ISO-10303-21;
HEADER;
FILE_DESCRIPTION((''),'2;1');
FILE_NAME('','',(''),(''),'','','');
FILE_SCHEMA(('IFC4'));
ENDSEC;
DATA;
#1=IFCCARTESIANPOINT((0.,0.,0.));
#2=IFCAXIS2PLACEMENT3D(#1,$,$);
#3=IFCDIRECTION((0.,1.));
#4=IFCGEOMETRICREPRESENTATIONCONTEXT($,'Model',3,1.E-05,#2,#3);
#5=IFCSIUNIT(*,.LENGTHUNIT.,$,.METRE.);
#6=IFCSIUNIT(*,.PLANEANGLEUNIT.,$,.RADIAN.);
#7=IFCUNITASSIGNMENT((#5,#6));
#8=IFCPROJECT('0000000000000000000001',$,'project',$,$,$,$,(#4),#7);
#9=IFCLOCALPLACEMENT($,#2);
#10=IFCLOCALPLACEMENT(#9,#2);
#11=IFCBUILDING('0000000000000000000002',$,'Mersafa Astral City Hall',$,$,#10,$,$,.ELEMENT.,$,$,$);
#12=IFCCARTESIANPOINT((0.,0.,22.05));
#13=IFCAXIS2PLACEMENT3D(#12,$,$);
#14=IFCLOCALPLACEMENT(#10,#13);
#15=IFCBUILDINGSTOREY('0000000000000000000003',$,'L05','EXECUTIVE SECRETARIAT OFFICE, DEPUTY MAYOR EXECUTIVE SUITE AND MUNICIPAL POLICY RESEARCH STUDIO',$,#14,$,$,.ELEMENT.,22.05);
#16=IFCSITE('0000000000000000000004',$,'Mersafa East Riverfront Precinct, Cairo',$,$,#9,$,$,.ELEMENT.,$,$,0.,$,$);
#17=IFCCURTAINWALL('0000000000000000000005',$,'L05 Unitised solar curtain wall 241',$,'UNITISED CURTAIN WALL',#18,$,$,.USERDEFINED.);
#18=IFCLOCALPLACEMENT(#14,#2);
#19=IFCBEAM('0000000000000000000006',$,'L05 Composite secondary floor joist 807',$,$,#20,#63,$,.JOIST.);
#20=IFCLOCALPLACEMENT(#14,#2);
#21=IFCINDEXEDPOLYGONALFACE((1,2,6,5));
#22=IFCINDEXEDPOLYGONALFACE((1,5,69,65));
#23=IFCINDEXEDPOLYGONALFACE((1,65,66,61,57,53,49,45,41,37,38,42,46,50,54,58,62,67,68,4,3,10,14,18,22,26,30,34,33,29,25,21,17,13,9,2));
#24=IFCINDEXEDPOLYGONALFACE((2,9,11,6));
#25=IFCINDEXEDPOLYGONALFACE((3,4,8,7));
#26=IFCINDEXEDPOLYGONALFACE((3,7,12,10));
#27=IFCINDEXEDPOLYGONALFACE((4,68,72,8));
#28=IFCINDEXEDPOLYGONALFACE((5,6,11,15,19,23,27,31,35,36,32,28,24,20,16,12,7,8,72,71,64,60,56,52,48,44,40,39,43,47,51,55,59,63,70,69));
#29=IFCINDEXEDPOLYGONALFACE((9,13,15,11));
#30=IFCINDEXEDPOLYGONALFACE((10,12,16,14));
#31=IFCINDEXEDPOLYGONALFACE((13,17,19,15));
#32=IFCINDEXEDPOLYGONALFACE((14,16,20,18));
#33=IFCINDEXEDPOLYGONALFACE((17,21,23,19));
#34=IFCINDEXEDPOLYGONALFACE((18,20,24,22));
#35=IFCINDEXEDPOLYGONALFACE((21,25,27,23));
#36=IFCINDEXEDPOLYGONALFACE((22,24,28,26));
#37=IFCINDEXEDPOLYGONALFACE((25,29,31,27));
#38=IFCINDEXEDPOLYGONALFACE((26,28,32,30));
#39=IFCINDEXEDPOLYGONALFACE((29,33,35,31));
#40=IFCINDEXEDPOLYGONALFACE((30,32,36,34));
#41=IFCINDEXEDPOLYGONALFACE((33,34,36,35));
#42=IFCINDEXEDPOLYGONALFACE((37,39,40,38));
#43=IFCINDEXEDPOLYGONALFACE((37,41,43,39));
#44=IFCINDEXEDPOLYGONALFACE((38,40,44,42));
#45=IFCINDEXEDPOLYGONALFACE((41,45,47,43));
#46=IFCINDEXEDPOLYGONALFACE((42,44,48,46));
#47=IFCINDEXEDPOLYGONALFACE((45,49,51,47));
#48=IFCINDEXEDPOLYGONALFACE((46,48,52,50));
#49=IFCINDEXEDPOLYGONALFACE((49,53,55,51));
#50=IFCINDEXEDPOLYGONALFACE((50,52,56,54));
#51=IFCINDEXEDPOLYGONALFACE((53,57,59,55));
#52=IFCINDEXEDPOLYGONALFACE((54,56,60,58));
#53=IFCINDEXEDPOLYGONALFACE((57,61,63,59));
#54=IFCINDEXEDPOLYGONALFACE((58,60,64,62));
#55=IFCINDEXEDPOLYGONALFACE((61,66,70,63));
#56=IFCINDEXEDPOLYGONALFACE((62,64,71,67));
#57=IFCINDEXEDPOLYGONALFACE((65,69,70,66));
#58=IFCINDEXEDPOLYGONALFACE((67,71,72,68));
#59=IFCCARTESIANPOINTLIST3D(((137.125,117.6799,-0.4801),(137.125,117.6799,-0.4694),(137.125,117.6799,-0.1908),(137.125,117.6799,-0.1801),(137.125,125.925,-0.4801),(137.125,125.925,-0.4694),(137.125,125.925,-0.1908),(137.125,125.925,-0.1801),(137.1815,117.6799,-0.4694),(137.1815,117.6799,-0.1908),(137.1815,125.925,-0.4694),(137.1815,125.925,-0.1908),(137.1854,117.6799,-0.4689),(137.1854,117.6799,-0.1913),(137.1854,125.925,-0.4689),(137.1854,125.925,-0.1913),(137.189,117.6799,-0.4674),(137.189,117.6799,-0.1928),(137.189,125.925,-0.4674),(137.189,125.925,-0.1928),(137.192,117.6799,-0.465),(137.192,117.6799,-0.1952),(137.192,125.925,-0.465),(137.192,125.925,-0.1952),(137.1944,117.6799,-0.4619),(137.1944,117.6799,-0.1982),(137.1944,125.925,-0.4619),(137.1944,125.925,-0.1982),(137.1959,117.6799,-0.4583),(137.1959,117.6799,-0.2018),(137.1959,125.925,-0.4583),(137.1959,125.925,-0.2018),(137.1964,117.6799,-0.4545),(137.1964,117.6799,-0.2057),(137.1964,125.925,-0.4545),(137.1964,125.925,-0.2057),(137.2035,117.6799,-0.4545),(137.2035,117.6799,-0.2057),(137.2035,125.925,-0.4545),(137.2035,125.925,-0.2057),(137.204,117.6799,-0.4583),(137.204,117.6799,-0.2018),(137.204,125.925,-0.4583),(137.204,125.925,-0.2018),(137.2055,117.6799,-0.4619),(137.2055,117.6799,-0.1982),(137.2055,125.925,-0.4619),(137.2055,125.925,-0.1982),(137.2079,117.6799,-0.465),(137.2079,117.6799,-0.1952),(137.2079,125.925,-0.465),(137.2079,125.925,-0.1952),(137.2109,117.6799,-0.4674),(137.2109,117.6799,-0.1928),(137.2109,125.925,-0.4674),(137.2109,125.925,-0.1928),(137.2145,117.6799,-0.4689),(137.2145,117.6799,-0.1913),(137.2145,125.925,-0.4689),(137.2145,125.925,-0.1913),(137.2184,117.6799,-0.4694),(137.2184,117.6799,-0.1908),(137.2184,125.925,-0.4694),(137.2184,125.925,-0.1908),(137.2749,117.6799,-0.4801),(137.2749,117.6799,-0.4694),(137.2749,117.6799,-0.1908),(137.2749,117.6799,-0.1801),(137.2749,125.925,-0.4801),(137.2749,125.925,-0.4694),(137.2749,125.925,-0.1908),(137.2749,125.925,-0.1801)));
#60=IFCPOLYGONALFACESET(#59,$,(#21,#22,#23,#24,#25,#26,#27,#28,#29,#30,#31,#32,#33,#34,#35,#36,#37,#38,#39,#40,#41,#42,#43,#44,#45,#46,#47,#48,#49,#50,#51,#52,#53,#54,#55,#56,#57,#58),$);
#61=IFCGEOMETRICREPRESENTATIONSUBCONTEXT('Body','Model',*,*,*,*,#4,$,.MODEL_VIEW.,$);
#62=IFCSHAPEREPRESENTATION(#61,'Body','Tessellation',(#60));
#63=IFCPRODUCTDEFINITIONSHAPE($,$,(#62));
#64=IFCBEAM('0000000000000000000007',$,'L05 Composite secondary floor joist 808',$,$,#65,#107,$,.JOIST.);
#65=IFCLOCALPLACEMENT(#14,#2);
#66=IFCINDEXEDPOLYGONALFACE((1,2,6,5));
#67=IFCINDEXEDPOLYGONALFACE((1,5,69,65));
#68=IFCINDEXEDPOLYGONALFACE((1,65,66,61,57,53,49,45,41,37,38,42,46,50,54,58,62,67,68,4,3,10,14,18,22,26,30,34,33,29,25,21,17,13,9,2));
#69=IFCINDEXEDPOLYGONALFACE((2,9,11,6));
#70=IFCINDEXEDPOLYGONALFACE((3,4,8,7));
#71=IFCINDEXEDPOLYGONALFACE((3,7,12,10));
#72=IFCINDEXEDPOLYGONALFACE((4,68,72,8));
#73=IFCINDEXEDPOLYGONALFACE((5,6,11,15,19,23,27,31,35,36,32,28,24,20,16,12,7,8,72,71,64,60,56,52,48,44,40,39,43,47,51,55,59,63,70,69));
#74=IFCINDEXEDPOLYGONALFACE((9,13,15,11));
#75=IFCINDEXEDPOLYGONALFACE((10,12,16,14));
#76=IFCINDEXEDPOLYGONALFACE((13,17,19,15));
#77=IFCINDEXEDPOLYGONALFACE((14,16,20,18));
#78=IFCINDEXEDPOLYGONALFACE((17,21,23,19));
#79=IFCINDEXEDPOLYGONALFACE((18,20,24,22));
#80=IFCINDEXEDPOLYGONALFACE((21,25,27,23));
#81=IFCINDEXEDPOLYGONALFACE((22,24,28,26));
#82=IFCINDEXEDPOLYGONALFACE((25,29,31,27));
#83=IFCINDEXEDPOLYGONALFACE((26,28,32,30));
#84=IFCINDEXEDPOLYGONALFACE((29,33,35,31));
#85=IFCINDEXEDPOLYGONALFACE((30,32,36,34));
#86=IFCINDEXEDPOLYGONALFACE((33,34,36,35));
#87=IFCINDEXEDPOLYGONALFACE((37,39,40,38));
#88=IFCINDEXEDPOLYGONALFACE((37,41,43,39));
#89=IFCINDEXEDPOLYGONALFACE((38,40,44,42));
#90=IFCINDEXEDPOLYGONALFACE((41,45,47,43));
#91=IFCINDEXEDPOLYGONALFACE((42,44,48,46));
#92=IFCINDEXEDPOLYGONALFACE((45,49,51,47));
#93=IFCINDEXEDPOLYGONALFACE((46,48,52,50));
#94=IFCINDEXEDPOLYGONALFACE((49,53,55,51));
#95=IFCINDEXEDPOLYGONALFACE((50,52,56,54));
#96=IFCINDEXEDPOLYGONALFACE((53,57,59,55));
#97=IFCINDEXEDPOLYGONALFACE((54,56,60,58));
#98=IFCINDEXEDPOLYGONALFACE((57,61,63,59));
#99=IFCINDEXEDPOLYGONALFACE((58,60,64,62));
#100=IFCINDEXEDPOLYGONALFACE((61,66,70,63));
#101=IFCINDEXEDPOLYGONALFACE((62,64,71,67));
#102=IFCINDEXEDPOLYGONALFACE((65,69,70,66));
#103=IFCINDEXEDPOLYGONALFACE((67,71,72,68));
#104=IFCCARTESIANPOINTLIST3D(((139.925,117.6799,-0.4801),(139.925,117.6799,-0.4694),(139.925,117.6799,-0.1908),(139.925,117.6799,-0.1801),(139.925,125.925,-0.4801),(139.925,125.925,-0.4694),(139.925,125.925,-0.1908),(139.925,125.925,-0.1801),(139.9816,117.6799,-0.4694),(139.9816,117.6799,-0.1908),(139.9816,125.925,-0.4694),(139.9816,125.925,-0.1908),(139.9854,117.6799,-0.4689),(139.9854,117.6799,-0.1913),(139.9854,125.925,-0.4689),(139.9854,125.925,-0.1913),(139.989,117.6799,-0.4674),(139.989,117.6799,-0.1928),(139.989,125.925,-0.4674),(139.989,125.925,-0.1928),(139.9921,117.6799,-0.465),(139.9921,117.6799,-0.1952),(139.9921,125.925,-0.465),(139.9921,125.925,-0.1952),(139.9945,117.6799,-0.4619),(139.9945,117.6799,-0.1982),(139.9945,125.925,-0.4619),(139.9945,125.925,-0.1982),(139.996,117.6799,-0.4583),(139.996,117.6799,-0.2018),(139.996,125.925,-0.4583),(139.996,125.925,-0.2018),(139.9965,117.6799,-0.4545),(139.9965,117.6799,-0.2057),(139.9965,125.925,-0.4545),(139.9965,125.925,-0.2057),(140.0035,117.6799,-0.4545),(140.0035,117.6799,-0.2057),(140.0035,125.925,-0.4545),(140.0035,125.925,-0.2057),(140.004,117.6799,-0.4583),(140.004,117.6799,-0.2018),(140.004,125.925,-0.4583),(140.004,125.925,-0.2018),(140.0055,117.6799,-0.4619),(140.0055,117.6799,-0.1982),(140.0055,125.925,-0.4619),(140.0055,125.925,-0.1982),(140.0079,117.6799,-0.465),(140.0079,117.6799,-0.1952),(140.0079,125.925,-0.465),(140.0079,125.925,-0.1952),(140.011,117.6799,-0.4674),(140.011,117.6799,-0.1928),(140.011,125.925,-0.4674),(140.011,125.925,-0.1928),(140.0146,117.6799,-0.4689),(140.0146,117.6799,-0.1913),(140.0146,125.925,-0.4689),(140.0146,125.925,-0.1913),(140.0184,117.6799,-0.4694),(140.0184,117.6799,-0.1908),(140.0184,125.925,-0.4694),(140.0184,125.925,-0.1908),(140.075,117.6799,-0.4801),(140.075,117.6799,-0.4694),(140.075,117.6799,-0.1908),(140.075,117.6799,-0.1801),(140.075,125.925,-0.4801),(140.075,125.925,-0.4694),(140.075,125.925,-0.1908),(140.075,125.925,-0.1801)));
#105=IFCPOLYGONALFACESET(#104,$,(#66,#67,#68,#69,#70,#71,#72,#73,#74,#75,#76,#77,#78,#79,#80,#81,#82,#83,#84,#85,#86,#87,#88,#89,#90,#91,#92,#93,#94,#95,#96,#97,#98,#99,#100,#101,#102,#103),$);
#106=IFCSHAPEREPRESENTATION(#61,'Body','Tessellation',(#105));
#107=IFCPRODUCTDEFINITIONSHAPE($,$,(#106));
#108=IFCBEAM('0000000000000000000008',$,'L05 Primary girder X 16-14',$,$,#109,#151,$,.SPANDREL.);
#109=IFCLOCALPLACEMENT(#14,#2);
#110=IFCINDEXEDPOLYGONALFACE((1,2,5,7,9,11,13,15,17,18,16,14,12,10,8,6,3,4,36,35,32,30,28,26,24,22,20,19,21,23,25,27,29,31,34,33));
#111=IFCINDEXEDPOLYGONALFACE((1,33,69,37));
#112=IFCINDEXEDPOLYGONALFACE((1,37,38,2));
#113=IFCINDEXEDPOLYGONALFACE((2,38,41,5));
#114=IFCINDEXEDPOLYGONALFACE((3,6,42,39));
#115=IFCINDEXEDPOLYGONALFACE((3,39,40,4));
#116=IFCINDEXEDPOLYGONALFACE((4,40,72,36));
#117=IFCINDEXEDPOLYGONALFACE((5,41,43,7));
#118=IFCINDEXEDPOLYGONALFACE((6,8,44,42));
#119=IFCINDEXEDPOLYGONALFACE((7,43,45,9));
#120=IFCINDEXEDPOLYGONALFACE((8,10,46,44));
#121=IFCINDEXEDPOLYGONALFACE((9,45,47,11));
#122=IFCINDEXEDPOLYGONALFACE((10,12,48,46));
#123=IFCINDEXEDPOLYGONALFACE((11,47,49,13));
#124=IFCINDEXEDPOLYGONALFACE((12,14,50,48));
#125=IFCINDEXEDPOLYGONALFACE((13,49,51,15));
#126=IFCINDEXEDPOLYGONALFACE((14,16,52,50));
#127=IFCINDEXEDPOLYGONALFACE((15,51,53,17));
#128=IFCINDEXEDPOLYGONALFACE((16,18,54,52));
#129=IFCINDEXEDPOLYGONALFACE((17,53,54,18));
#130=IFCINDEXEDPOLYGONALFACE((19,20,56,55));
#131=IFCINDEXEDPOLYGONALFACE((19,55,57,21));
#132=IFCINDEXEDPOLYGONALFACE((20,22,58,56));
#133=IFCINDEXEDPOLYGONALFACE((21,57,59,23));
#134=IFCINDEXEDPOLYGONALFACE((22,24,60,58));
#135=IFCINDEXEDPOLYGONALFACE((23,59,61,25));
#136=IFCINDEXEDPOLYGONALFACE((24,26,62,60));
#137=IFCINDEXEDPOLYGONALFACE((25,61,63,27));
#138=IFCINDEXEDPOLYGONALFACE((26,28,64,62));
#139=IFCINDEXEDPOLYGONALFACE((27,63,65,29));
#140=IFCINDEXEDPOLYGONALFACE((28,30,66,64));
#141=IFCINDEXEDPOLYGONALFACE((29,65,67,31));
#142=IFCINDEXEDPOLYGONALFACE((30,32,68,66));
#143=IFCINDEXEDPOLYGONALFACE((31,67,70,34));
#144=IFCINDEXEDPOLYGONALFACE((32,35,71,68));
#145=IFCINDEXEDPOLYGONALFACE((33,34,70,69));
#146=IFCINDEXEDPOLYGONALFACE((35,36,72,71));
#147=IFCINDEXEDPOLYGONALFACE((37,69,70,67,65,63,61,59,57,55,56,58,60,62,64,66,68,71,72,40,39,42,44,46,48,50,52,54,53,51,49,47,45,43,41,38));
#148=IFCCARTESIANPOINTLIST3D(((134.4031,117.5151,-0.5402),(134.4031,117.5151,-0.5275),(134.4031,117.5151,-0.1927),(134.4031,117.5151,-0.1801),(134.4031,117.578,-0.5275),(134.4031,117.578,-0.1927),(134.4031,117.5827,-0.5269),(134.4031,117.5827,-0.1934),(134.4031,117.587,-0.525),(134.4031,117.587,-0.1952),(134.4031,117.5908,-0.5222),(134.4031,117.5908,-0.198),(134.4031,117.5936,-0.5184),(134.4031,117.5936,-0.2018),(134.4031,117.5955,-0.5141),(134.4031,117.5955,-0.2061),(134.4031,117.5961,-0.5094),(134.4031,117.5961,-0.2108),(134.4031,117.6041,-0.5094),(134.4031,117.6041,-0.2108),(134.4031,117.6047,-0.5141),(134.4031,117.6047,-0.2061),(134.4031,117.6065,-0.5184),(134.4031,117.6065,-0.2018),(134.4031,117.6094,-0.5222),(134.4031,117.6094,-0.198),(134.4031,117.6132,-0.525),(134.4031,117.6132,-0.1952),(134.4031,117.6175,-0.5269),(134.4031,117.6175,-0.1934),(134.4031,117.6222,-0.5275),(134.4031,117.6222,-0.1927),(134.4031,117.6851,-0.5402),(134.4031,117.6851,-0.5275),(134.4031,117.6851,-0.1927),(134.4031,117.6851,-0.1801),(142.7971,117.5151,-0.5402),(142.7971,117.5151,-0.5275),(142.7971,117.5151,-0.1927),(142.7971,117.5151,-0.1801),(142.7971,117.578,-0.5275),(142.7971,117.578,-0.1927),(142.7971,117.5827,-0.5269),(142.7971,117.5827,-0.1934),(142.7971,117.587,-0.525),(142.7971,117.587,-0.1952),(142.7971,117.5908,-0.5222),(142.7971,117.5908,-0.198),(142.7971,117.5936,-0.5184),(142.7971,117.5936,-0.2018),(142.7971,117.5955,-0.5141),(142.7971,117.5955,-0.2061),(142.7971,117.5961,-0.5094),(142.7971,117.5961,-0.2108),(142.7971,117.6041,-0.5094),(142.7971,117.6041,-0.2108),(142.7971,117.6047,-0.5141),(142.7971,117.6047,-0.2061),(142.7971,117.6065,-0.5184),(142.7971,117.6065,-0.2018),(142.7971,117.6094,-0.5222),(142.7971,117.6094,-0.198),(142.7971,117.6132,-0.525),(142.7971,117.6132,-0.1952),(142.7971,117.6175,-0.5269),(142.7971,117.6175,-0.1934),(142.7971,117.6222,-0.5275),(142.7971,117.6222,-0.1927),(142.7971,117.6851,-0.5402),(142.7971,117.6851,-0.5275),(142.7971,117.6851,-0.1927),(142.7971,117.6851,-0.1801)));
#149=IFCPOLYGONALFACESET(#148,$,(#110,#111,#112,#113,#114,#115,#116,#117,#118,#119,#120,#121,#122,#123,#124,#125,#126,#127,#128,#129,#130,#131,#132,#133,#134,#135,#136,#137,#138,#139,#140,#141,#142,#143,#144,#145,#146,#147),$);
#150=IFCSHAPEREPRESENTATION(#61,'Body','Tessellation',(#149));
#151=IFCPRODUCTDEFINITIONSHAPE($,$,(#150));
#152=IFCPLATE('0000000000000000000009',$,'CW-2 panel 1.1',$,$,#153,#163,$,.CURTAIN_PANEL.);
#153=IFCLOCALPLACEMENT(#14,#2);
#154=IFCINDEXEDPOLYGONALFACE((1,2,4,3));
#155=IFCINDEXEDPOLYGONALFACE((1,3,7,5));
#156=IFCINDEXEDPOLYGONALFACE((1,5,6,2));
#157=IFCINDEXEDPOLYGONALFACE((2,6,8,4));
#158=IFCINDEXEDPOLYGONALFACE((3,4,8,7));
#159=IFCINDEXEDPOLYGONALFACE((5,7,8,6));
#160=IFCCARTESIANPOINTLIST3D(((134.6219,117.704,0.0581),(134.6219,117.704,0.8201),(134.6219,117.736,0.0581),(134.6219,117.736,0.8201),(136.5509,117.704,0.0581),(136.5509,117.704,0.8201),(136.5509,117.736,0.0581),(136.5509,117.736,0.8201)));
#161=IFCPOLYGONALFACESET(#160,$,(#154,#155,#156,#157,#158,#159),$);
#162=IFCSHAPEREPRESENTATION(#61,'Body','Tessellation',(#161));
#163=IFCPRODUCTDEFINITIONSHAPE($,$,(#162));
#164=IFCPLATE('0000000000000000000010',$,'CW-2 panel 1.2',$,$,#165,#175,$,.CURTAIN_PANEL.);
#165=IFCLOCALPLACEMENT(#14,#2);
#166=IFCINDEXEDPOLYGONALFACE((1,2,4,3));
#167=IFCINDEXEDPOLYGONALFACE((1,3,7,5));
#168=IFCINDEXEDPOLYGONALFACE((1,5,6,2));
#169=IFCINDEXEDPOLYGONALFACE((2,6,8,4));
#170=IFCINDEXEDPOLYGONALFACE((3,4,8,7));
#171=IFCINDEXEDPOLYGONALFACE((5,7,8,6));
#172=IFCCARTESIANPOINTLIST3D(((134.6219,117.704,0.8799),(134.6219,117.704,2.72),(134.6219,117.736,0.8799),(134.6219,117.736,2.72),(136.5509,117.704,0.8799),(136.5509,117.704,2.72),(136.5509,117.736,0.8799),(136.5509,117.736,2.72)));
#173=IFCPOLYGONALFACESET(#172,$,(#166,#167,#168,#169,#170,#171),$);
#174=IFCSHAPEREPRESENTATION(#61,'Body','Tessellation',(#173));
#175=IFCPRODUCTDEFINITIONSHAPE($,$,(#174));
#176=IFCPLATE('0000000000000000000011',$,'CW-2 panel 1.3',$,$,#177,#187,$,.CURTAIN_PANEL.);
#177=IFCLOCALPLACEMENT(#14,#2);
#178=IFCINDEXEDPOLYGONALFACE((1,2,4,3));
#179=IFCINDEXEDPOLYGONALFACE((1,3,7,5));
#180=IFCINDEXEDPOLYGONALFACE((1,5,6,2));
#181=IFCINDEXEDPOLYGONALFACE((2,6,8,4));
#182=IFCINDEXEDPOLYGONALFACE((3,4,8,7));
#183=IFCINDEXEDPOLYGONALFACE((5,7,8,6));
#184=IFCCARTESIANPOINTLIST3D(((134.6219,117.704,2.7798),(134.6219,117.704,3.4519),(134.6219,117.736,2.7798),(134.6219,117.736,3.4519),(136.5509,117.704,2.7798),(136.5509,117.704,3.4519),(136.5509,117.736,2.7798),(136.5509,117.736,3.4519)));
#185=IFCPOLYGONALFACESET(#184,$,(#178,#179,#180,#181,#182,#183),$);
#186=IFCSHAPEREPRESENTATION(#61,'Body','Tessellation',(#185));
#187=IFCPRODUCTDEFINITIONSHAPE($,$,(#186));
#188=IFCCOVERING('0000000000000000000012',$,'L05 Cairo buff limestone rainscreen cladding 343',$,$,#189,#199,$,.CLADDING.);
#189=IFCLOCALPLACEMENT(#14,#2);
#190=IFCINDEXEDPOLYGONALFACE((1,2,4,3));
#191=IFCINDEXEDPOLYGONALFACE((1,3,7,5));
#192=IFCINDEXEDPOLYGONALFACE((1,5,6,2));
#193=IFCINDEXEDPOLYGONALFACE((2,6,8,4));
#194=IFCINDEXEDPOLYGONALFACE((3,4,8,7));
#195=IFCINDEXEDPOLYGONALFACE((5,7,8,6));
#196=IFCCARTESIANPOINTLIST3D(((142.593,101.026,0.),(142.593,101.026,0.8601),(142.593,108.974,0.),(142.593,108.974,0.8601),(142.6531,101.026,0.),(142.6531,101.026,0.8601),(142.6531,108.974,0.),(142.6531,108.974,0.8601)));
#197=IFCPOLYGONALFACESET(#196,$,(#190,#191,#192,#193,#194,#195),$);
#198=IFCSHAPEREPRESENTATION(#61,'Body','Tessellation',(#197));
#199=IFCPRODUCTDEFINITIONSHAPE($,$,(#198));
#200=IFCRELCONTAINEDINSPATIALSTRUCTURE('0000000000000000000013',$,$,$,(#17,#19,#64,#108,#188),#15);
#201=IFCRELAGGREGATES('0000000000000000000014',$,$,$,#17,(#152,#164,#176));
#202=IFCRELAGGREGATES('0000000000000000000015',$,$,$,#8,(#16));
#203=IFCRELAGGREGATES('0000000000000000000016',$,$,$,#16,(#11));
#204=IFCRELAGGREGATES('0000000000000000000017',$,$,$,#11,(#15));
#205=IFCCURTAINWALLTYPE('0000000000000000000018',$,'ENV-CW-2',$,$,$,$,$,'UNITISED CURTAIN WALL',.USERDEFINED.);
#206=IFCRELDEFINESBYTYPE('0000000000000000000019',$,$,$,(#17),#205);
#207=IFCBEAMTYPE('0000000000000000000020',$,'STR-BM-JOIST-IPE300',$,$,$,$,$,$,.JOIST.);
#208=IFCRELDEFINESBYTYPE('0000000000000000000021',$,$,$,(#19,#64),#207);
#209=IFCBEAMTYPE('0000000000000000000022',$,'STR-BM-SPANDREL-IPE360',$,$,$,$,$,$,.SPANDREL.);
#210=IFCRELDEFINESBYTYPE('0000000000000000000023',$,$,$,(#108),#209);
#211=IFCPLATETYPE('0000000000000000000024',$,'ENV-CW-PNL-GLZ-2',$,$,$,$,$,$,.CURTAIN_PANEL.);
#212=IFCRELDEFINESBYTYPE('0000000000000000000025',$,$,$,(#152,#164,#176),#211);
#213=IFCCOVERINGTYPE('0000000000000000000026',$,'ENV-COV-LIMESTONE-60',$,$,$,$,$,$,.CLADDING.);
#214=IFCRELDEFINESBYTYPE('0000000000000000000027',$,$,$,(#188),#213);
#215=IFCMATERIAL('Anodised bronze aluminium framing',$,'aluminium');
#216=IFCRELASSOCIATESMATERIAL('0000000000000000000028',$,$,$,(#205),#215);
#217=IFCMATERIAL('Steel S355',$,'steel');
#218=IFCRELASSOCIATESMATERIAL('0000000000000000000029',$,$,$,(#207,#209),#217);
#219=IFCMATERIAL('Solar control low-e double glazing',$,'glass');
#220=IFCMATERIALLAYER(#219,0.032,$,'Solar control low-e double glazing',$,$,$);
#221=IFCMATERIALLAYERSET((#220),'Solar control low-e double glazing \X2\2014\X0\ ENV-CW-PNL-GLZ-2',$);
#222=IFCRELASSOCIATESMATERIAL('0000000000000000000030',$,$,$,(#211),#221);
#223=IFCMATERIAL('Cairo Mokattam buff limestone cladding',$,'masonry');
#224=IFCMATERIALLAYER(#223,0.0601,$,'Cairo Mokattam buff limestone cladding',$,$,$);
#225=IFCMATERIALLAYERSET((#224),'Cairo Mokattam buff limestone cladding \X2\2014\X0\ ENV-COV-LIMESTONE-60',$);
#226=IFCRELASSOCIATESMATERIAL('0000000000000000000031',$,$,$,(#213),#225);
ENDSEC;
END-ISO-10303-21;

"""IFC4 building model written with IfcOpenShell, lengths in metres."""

from ifc_helpers import new_model, si_unit, direction, frame, origin, origin_2d, place, context, subcontext, project, spatial, rectangle, i_section, extrude, material, layer, layer_set, material_profile, profile_set, type_object, element, aggregate, save


model = new_model("IFC4")

# Units and contexts
model_context = context("Model", 3, precision=1e-05, world=origin(), true_north=direction((0.0, 1.0)))
body_context = subcontext(model_context, "Body", "Model", "MODEL_VIEW")
ifc_project = project(units=[si_unit("LENGTHUNIT", "METRE"), si_unit("PLANEANGLEUNIT", "RADIAN")], contexts=[model_context])

# Site, building, storey
site_placement = place(None, origin())
site = spatial("IfcSite", under=ifc_project, at=site_placement, Name="Mersafa East Riverfront Precinct, Cairo", CompositionType="ELEMENT", RefElevation=0.0)
building_placement = place(site_placement, origin())
building = spatial("IfcBuilding", under=site, at=building_placement, Name="Mersafa Astral City Hall", CompositionType="ELEMENT")
storey_placement = place(building_placement, frame((0.0, 0.0, 22.05)))
storey = spatial("IfcBuildingStorey", under=building, at=storey_placement, Name="L05", Description="EXECUTIVE SECRETARIAT OFFICE, DEPUTY MAYOR EXECUTIVE SUITE AND MUNICIPAL POLICY RESEARCH STUDIO", CompositionType="ELEMENT", Elevation=22.05)

# Curtain wall
ifc_material_1 = material(Name="Anodised bronze aluminium framing", Category="aluminium")
curtain_wall_type = type_object("IfcCurtainWallType", Name="ENV-CW-2", ElementType="UNITISED CURTAIN WALL", PredefinedType="USERDEFINED", material=ifc_material_1)
curtain_wall_placement = place(storey_placement, origin())
curtain_wall = element("IfcCurtainWall", 1, at=curtain_wall_placement, inside=storey, type_object=curtain_wall_type, Name="L05 Unitised solar curtain wall 241", ObjectType="UNITISED CURTAIN WALL", PredefinedType="USERDEFINED")

# Beams
ifc_material_2 = material(Name="Steel S355", Category="steel")
ifc_material_profile_1 = material_profile(ifc_material_2, i_section(OverallWidth=0.1499, OverallDepth=0.3, WebThickness=0.0071, FlangeThickness=0.0107, FilletRadius=0.0149, at=origin_2d()), Name="IPE 300")
ifc_profile_set_1 = profile_set([ifc_material_profile_1], Name="Steel S355")
beam_type_1 = type_object("IfcBeamType", Name="STR-BM-JOIST-IPE300", PredefinedType="JOIST", material=ifc_profile_set_1)
for number, where, z_axis, x_axis, name in (
    (2, (137.2, 117.6799, -0.3301), (0.0, 1.0, 0.0), (-1.0, 0.0, 0.0), "L05 Composite secondary floor joist 807"),
    (3, (140.0, 117.6799, -0.3301), (0.0, 1.0, 0.0), (-1.0, 0.0, 0.0), "L05 Composite secondary floor joist 808"),
):
    element("IfcBeam", number, at=place(storey_placement, frame(where, z_axis=z_axis, x_axis=x_axis)), inside=storey, type_object=beam_type_1, Name=name, PredefinedType="JOIST", context=body_context, shape_type="SweptSolid", body=[
        extrude(i_section(OverallWidth=0.1499, OverallDepth=0.3, WebThickness=0.0071, FlangeThickness=0.0107, FilletRadius=0.0149, at=origin_2d()), origin(), (0.0, 0.0, 1.0), 8.2451),
    ])
ifc_material_profile_2 = material_profile(ifc_material_2, i_section(OverallWidth=0.1699, OverallDepth=0.3601, WebThickness=0.0081, FlangeThickness=0.0127, FilletRadius=0.0181, at=origin_2d()), Name="IPE 360")
ifc_profile_set_2 = profile_set([ifc_material_profile_2], Name="Steel S355")
beam_type_2 = type_object("IfcBeamType", Name="STR-BM-SPANDREL-IPE360", PredefinedType="SPANDREL", material=ifc_profile_set_2)
beam_placement = place(storey_placement, frame((134.4031, 117.6001, -0.3601), z_axis=(1.0, 0.0, 0.0), x_axis=(0.0, 1.0, 0.0)))
element("IfcBeam", 4, at=beam_placement, inside=storey, type_object=beam_type_2, Name="L05 Primary girder X 16-14", PredefinedType="SPANDREL", context=body_context, shape_type="SweptSolid", body=[
    extrude(i_section(OverallWidth=0.1699, OverallDepth=0.3601, WebThickness=0.0081, FlangeThickness=0.0127, FilletRadius=0.0181, at=origin_2d()), origin(), (0.0, 0.0, 1.0), 8.394),
])

# Plates
ifc_material_3 = material(Name="Solar control low-e double glazing", Category="glass")
ifc_layer_1 = layer(ifc_material_3, 0.032, Name="Solar control low-e double glazing")
ifc_layer_set_1 = layer_set([ifc_layer_1], Name="Solar control low-e double glazing — ENV-CW-PNL-GLZ-2")
plate_type = type_object("IfcPlateType", Name="ENV-CW-PNL-GLZ-2", PredefinedType="CURTAIN_PANEL", material=ifc_layer_set_1)
plate_1_placement = place(storey_placement, frame((135.5864, 117.72, 0.0581), z_axis=(0.0, 0.0, 1.0), x_axis=(1.0, 0.0, 0.0)))
plate_1 = element("IfcPlate", 5, at=plate_1_placement, type_object=plate_type, Name="CW-2 panel 1.1", PredefinedType="CURTAIN_PANEL", context=body_context, shape_type="SweptSolid", body=[
    extrude(rectangle(XDim=1.929, YDim=0.032, at=origin_2d()), origin(), (0.0, 0.0, 1.0), 0.762),
])
plate_2_placement = place(storey_placement, frame((135.5864, 117.72, 0.8799), z_axis=(0.0, 0.0, 1.0), x_axis=(1.0, 0.0, 0.0)))
plate_2 = element("IfcPlate", 6, at=plate_2_placement, type_object=plate_type, Name="CW-2 panel 1.2", PredefinedType="CURTAIN_PANEL", context=body_context, shape_type="SweptSolid", body=[
    extrude(rectangle(XDim=1.929, YDim=0.032, at=origin_2d()), origin(), (0.0, 0.0, 1.0), 1.8401),
])
plate_3_placement = place(storey_placement, frame((135.5864, 117.72, 2.7798), z_axis=(0.0, 0.0, 1.0), x_axis=(1.0, 0.0, 0.0)))
plate_3 = element("IfcPlate", 7, at=plate_3_placement, type_object=plate_type, Name="CW-2 panel 1.3", PredefinedType="CURTAIN_PANEL", context=body_context, shape_type="SweptSolid", body=[
    extrude(rectangle(XDim=1.929, YDim=0.032, at=origin_2d()), origin(), (0.0, 0.0, 1.0), 0.6721),
])
aggregate(curtain_wall, [plate_1, plate_2, plate_3])

# Covering
ifc_material_4 = material(Name="Cairo Mokattam buff limestone cladding", Category="masonry")
ifc_layer_2 = layer(ifc_material_4, 0.0601, Name="Cairo Mokattam buff limestone cladding")
ifc_layer_set_2 = layer_set([ifc_layer_2], Name="Cairo Mokattam buff limestone cladding — ENV-COV-LIMESTONE-60")
covering_type = type_object("IfcCoveringType", Name="ENV-COV-LIMESTONE-60", PredefinedType="CLADDING", material=ifc_layer_set_2)
covering_placement = place(storey_placement, frame((142.623, 105.0, 0.0), z_axis=(0.0, 0.0, 1.0), x_axis=(0.0, -1.0, 0.0)))
element("IfcCovering", 8, at=covering_placement, inside=storey, type_object=covering_type, Name="L05 Cairo buff limestone rainscreen cladding 343", PredefinedType="CLADDING", context=body_context, shape_type="SweptSolid", body=[
    extrude(rectangle(XDim=7.948, YDim=0.0601, at=origin_2d()), origin(), (0.0, 0.0, 1.0), 0.8601),
])

save(model, "model.ifc")
